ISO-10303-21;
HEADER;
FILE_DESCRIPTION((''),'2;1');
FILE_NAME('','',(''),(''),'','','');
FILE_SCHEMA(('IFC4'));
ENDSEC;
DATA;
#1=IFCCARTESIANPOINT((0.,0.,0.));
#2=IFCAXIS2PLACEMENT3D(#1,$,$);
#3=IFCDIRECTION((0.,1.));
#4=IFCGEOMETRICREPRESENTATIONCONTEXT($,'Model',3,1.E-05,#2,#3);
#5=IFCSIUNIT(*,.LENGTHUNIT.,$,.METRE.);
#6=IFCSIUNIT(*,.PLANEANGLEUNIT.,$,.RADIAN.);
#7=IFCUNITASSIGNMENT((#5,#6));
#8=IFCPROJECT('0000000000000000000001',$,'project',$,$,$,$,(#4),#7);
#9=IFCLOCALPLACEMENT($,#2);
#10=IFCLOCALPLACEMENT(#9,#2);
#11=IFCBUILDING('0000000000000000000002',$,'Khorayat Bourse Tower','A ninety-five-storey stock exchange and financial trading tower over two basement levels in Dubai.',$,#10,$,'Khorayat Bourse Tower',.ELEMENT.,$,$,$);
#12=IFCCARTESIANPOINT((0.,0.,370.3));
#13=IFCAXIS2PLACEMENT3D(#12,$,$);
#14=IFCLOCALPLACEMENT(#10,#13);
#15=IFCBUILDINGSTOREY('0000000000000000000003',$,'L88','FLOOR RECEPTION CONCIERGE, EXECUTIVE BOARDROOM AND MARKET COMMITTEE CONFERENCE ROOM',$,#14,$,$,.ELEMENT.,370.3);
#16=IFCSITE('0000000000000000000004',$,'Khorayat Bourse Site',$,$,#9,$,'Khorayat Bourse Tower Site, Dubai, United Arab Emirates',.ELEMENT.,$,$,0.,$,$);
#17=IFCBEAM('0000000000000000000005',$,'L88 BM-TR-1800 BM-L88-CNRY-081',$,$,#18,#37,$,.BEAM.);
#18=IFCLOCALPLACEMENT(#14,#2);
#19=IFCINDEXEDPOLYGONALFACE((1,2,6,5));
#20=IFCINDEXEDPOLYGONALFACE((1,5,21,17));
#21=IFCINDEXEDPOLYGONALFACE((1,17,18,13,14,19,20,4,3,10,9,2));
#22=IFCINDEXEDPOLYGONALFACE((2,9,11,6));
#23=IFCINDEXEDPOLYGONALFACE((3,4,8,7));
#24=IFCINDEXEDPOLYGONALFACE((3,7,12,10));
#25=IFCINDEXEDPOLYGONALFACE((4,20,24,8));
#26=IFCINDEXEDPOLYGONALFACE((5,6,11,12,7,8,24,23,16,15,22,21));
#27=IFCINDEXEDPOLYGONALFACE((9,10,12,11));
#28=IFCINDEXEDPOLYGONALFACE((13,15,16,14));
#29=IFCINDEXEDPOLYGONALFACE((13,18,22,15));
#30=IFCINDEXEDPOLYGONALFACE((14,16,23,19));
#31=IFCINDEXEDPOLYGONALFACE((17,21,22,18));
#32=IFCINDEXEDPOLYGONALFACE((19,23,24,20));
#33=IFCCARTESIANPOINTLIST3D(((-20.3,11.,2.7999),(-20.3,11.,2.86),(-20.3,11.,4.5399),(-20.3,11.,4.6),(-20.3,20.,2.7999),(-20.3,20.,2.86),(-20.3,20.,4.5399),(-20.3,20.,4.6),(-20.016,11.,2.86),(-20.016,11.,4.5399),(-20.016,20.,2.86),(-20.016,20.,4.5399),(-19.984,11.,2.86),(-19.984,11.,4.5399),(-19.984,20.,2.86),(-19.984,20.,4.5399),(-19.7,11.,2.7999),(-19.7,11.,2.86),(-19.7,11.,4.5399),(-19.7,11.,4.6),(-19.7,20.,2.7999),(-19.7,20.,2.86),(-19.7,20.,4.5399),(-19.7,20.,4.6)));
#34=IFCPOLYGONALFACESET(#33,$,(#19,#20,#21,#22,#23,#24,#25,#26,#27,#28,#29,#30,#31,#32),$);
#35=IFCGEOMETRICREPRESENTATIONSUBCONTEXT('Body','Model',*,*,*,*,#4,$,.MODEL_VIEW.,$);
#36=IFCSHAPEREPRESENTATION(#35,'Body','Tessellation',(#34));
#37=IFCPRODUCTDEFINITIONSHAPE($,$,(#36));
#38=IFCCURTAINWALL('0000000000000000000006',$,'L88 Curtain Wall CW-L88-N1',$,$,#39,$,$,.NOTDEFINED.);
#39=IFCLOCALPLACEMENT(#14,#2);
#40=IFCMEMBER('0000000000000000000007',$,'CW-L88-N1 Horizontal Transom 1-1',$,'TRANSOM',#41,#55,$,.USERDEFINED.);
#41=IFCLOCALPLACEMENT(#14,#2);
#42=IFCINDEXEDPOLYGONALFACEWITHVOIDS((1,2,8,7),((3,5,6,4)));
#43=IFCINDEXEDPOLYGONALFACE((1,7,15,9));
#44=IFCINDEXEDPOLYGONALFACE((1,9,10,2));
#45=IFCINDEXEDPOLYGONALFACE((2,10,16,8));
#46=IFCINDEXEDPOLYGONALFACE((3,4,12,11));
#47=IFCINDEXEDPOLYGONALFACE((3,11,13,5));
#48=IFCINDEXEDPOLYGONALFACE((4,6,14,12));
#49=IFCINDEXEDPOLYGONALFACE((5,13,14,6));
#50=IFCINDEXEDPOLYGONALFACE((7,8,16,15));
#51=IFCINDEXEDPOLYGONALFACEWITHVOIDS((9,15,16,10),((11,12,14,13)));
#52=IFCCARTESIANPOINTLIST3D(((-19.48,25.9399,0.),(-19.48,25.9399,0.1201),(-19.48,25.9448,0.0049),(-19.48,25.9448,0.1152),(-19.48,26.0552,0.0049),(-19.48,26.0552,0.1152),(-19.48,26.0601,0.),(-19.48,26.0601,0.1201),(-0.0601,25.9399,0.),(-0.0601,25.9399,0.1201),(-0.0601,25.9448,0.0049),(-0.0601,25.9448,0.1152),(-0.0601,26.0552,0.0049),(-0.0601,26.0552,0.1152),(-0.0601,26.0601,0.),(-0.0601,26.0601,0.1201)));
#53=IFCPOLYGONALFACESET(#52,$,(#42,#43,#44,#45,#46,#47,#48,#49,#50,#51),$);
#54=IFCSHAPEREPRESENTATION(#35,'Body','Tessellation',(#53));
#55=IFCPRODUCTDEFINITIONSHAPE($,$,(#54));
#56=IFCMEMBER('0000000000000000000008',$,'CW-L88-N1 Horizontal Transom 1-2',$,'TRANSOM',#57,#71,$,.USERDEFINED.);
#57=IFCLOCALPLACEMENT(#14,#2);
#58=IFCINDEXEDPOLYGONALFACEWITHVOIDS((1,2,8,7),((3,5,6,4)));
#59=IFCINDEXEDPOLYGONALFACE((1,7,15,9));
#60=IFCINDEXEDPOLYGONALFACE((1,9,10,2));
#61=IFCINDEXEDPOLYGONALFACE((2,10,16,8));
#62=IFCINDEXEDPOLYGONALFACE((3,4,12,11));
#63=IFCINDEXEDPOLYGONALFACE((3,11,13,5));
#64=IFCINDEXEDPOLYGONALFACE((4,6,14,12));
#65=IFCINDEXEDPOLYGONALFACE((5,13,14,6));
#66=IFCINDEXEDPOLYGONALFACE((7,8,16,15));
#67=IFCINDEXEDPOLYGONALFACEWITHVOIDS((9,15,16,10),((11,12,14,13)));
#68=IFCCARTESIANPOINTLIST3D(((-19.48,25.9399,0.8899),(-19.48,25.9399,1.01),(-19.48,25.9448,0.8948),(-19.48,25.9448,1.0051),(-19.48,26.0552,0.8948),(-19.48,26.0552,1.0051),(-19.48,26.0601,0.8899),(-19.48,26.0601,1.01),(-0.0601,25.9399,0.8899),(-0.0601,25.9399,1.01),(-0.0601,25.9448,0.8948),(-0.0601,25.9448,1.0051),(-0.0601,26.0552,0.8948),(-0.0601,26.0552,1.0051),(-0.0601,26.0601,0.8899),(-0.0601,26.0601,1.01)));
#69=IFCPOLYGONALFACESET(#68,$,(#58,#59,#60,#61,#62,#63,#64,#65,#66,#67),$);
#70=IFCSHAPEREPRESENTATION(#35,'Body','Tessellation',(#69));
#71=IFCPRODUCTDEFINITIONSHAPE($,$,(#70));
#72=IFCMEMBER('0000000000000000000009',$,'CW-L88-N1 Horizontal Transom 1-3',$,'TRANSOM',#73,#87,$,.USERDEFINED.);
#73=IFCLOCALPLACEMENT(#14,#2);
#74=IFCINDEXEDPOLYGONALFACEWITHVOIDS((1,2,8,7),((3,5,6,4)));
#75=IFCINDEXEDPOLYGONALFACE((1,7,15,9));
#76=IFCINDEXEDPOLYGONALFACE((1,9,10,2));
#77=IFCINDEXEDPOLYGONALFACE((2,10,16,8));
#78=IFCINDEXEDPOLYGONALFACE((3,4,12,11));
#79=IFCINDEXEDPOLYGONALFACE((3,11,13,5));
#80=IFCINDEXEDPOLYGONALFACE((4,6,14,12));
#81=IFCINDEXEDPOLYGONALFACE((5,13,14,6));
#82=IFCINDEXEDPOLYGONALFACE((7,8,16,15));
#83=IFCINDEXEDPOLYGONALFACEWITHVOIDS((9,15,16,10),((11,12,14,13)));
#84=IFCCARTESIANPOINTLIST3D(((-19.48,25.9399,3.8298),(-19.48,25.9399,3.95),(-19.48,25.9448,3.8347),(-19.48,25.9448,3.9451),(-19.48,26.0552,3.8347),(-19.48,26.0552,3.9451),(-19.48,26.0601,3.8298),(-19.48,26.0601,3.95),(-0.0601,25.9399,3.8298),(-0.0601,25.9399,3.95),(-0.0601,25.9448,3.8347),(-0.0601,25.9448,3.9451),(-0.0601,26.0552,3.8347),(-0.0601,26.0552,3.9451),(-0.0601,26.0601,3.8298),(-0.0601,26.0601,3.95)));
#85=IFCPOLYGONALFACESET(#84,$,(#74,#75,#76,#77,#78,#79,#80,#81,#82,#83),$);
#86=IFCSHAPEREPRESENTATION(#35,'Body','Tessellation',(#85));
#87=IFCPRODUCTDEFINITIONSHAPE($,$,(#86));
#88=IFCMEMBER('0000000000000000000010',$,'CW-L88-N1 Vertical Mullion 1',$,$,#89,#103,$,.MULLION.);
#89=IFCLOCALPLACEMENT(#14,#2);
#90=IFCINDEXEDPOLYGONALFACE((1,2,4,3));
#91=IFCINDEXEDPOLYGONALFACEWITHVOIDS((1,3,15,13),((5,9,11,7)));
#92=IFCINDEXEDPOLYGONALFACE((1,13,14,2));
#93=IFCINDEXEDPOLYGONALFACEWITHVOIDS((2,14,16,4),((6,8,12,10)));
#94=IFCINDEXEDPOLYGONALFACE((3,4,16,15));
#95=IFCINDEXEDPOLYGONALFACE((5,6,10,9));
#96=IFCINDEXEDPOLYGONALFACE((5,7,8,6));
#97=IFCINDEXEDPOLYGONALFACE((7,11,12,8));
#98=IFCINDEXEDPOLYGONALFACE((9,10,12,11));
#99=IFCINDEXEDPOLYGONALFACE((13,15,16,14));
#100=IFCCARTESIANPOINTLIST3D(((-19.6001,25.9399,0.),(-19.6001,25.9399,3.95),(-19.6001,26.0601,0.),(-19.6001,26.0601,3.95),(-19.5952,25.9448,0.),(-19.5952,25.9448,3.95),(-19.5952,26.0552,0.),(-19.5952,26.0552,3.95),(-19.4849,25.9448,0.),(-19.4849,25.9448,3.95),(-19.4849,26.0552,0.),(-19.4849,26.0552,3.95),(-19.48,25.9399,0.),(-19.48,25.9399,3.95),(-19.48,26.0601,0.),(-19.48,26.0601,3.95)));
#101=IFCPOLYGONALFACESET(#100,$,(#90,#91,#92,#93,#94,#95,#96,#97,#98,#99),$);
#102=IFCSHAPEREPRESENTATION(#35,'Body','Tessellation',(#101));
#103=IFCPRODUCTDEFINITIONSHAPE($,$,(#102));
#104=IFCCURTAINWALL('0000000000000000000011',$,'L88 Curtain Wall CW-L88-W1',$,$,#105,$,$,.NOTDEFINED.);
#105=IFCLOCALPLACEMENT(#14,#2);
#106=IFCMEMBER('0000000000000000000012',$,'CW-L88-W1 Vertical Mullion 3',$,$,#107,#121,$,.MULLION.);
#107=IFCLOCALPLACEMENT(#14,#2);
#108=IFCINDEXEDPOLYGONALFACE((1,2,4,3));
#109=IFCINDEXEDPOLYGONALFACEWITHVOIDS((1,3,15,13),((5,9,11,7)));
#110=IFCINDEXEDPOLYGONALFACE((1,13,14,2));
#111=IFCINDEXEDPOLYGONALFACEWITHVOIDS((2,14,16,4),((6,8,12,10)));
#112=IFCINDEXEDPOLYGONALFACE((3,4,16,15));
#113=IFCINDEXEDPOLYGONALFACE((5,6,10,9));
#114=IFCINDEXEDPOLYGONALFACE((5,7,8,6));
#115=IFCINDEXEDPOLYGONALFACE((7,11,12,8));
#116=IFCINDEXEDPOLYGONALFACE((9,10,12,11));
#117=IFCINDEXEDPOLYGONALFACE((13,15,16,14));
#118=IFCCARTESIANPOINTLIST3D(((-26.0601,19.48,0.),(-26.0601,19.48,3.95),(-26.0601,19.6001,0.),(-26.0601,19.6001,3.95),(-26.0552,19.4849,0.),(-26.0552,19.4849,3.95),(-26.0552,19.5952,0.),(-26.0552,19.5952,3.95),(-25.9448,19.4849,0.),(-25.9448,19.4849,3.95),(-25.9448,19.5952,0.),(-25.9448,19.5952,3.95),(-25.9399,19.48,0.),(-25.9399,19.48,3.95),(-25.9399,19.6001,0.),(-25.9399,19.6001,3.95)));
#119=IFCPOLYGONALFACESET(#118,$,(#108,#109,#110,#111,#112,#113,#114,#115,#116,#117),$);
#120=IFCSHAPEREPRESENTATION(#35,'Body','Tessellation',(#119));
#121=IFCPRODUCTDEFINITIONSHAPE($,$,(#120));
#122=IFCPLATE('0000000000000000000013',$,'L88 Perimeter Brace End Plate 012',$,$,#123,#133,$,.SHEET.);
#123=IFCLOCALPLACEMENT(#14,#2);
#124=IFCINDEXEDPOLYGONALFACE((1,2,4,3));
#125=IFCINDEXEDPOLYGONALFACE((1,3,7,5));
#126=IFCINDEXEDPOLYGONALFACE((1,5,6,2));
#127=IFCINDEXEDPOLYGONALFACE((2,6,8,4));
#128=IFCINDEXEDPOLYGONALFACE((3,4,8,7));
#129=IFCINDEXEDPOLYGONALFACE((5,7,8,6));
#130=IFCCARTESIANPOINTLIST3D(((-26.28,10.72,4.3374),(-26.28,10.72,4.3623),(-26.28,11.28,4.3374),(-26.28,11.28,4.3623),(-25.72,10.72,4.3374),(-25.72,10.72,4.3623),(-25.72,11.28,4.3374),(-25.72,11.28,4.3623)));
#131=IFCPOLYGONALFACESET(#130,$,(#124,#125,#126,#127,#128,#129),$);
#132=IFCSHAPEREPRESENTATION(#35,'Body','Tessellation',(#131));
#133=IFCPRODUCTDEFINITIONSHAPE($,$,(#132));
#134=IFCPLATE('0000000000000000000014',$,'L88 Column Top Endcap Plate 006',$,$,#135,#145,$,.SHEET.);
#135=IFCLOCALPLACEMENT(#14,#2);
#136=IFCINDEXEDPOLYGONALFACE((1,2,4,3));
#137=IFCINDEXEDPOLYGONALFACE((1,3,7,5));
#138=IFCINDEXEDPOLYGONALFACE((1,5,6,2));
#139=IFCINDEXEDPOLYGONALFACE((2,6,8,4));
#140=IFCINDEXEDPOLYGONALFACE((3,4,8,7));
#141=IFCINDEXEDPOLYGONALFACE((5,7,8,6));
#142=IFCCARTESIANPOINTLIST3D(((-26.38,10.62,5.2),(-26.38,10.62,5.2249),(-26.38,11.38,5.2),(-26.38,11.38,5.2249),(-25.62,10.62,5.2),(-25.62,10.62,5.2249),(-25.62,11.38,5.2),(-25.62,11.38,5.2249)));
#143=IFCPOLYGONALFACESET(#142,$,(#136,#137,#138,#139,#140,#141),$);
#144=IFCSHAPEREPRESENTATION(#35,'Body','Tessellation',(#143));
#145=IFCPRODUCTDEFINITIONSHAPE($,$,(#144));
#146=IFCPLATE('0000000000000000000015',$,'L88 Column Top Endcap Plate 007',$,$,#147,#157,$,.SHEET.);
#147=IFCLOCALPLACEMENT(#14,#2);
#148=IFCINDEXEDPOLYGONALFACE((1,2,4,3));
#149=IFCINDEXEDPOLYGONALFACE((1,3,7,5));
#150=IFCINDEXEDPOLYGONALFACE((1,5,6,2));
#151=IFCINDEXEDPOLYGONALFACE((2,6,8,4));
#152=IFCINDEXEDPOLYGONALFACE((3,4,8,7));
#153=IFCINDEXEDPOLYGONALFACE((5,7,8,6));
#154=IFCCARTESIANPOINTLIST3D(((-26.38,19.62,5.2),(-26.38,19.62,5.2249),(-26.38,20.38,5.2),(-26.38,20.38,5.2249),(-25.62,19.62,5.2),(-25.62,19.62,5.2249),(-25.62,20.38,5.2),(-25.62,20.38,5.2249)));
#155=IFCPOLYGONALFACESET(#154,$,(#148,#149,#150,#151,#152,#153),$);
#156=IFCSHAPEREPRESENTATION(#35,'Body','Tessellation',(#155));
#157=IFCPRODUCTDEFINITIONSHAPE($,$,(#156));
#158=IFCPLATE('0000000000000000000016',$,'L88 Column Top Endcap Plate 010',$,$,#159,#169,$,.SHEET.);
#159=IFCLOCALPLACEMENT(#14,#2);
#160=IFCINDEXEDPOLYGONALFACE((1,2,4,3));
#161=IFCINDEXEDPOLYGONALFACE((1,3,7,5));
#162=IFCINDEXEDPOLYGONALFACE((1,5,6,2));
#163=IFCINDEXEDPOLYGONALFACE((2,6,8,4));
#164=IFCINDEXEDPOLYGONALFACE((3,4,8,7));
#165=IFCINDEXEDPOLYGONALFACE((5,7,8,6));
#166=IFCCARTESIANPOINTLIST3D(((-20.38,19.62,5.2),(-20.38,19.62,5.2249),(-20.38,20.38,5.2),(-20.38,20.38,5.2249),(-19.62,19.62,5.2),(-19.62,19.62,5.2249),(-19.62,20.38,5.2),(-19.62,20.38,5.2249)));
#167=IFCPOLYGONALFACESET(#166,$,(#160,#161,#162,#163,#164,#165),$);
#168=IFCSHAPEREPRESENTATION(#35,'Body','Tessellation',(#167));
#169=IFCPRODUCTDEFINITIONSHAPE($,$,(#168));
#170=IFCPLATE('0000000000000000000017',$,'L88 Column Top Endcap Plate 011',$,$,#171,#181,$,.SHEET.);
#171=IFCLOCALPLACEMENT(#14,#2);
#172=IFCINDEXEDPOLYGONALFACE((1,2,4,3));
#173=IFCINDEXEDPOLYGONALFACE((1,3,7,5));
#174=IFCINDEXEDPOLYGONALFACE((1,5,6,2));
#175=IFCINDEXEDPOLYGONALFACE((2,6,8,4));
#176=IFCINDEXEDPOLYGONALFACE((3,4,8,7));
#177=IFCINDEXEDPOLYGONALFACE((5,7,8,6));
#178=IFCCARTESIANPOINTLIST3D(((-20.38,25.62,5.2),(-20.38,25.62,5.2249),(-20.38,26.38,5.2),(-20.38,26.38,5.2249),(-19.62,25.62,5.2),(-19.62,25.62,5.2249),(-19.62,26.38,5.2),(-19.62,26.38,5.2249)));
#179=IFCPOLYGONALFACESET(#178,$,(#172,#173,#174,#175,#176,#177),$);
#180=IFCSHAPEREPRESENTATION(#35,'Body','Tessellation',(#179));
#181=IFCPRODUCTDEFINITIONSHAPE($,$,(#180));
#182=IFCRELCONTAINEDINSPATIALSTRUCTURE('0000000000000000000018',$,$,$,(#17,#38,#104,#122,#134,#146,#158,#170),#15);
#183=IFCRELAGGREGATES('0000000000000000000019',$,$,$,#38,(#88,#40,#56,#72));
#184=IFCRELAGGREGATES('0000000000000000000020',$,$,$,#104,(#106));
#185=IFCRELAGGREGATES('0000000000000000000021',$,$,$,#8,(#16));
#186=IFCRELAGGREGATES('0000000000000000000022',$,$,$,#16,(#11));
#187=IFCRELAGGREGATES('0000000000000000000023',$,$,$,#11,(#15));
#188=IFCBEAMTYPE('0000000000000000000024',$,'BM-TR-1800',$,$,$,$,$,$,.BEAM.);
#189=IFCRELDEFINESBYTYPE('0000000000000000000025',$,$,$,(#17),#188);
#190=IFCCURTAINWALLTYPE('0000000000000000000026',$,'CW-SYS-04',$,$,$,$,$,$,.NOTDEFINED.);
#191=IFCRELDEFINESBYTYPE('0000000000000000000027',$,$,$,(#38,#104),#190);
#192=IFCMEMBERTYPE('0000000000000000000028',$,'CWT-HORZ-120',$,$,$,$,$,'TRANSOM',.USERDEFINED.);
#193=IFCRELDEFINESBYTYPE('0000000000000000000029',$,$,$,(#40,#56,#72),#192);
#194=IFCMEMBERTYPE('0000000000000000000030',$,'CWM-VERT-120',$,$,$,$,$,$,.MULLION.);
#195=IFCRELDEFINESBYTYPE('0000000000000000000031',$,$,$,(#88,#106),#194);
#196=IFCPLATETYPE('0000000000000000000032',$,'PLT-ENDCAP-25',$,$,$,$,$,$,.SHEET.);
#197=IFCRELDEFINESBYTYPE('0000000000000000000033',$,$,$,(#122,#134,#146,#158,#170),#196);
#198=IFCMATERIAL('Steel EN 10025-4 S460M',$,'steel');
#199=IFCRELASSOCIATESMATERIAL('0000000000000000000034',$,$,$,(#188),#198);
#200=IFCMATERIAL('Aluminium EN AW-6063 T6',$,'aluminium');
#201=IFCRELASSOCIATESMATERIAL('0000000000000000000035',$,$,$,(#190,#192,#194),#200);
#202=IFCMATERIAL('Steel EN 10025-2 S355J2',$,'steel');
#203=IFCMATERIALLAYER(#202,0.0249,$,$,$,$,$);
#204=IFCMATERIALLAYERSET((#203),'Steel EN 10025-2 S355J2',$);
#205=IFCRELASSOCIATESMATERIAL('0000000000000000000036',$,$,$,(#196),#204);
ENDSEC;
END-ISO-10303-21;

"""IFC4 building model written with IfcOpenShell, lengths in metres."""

from ifc_helpers import new_model, si_unit, direction, frame, origin, origin_2d, place, context, subcontext, project, spatial, rectangle, hollow_rectangle, i_section, extrude, source, transform, mapped, material, layer, layer_set, material_profile, profile_set, type_object, element, aggregate, save


model = new_model("IFC4")

# Units and contexts
model_context = context("Model", 3, precision=1e-05, world=origin(), true_north=direction((0.0, 1.0)))
body_context = subcontext(model_context, "Body", "Model", "MODEL_VIEW")
ifc_project = project(units=[si_unit("LENGTHUNIT", "METRE"), si_unit("PLANEANGLEUNIT", "RADIAN")], contexts=[model_context])

# Site, building, storey
site_placement = place(None, origin())
site = spatial("IfcSite", under=ifc_project, at=site_placement, Name="Khorayat Bourse Site", LongName="Khorayat Bourse Tower Site, Dubai, United Arab Emirates", CompositionType="ELEMENT", RefElevation=0.0)
building_placement = place(site_placement, origin())
building = spatial("IfcBuilding", under=site, at=building_placement, Name="Khorayat Bourse Tower", Description="A ninety-five-storey stock exchange and financial trading tower over two basement levels in Dubai.", LongName="Khorayat Bourse Tower", CompositionType="ELEMENT")
storey_placement = place(building_placement, frame((0.0, 0.0, 370.3)))
storey = spatial("IfcBuildingStorey", under=building, at=storey_placement, Name="L88", Description="FLOOR RECEPTION CONCIERGE, EXECUTIVE BOARDROOM AND MARKET COMMITTEE CONFERENCE ROOM", CompositionType="ELEMENT", Elevation=370.3)

# Shared definitions
ifc_material_1 = material(Name="Steel EN 10025-2 S355J2", Category="steel")

# Beam
ifc_material_2 = material(Name="Steel EN 10025-4 S460M", Category="steel")
ifc_material_profile_1 = material_profile(ifc_material_2, i_section(OverallWidth=0.6001, OverallDepth=1.8, WebThickness=0.032, FlangeThickness=0.0601, at=origin_2d()), Name="PG 1800x600x32x60")
ifc_profile_set_1 = profile_set([ifc_material_profile_1], Name="Steel EN 10025-4 S460M")
beam_type_1 = type_object("IfcBeamType", Name="BM-TR-1800", PredefinedType="BEAM", material=ifc_profile_set_1)
shared_shape_1 = source(origin(), body_context, "Body", "SweptSolid", [
    extrude(i_section(OverallWidth=0.6001, OverallDepth=1.8, WebThickness=0.032, FlangeThickness=0.0601, at=origin_2d()), origin(), (0.0, 0.0, 1.0), 9.0),
])
beam_1_placement = place(storey_placement, frame((-20.0, 11.0, 3.7), z_axis=(0.0, 1.0, 0.0), x_axis=(-1.0, 0.0, 0.0)))
element("IfcBeam", 1, at=beam_1_placement, inside=storey, type_object=beam_type_1, Name="L88 BM-TR-1800 BM-L88-CNRY-081", PredefinedType="BEAM", context=body_context, shape_type="MappedRepresentation", body=[
    mapped(shared_shape_1, transform((0.0, 0.0, 0.0), scale=1.0)),
])

# Curtain wall, members
ifc_material_3 = material(Name="Aluminium EN AW-6063 T6", Category="aluminium")
curtain_wall_type = type_object("IfcCurtainWallType", Name="CW-SYS-04", PredefinedType="NOTDEFINED", material=ifc_material_3)
curtain_wall_1_placement = place(storey_placement, origin())
curtain_wall_1 = element("IfcCurtainWall", 2, at=curtain_wall_1_placement, inside=storey, type_object=curtain_wall_type, Name="L88 Curtain Wall CW-L88-N1", PredefinedType="NOTDEFINED")
ifc_material_profile_2 = material_profile(ifc_material_3, hollow_rectangle(XDim=0.1201, YDim=0.1201, WallThickness=0.0049, at=origin_2d()), Name="ALU 120x120x5")
ifc_profile_set_2 = profile_set([ifc_material_profile_2], Name="Aluminium EN AW-6063 T6")
member_type_1 = type_object("IfcMemberType", Name="CWT-HORZ-120", ElementType="TRANSOM", PredefinedType="USERDEFINED", material=ifc_profile_set_2)
shared_shape_2 = source(origin(), body_context, "Body", "SweptSolid", [
    extrude(hollow_rectangle(XDim=0.1201, YDim=0.1201, WallThickness=0.0049, at=origin_2d()), origin(), (0.0, 0.0, 1.0), 19.4199),
])
member_1_placement = place(storey_placement, frame((-19.48, 26.0, 0.0601), z_axis=(1.0, 0.0, 0.0), x_axis=(0.0, 1.0, 0.0)))
member_1 = element("IfcMember", 3, at=member_1_placement, type_object=member_type_1, Name="CW-L88-N1 Horizontal Transom 1-1", ObjectType="TRANSOM", PredefinedType="USERDEFINED", context=body_context, shape_type="MappedRepresentation", body=[
    mapped(shared_shape_2, transform((0.0, 0.0, 0.0), scale=1.0)),
])
member_2_placement = place(storey_placement, frame((-19.48, 26.0, 0.95), z_axis=(1.0, 0.0, 0.0), x_axis=(0.0, 1.0, 0.0)))
member_2 = element("IfcMember", 4, at=member_2_placement, type_object=member_type_1, Name="CW-L88-N1 Horizontal Transom 1-2", ObjectType="TRANSOM", PredefinedType="USERDEFINED", context=body_context, shape_type="MappedRepresentation", body=[
    mapped(shared_shape_2, transform((0.0, 0.0, 0.0), scale=1.0)),
])
member_3_placement = place(storey_placement, frame((-19.48, 26.0, 3.8899), z_axis=(1.0, 0.0, 0.0), x_axis=(0.0, 1.0, 0.0)))
member_3 = element("IfcMember", 5, at=member_3_placement, type_object=member_type_1, Name="CW-L88-N1 Horizontal Transom 1-3", ObjectType="TRANSOM", PredefinedType="USERDEFINED", context=body_context, shape_type="MappedRepresentation", body=[
    mapped(shared_shape_2, transform((0.0, 0.0, 0.0), scale=1.0)),
])
ifc_material_profile_3 = material_profile(ifc_material_3, hollow_rectangle(XDim=0.1201, YDim=0.1201, WallThickness=0.0049, at=origin_2d()), Name="ALU 120x120x5")
ifc_profile_set_3 = profile_set([ifc_material_profile_3], Name="Aluminium EN AW-6063 T6")
member_type_2 = type_object("IfcMemberType", Name="CWM-VERT-120", PredefinedType="MULLION", material=ifc_profile_set_3)
shared_shape_3 = source(origin(), body_context, "Body", "SweptSolid", [
    extrude(hollow_rectangle(XDim=0.1201, YDim=0.1201, WallThickness=0.0049, at=origin_2d()), origin(), (0.0, 0.0, 1.0), 3.95),
])
member_4_placement = place(storey_placement, frame((-19.54, 26.0, 0.0), z_axis=(0.0, 0.0, 1.0), x_axis=(0.0, 1.0, 0.0)))
member_4 = element("IfcMember", 6, at=member_4_placement, type_object=member_type_2, Name="CW-L88-N1 Vertical Mullion 1", PredefinedType="MULLION", context=body_context, shape_type="MappedRepresentation", body=[
    mapped(shared_shape_3, transform((0.0, 0.0, 0.0), scale=1.0)),
])
aggregate(curtain_wall_1, [member_4, member_1, member_2, member_3])

# Curtain wall, member
curtain_wall_2_placement = place(storey_placement, origin())
curtain_wall_2 = element("IfcCurtainWall", 7, at=curtain_wall_2_placement, inside=storey, type_object=curtain_wall_type, Name="L88 Curtain Wall CW-L88-W1", PredefinedType="NOTDEFINED")
member_5_placement = place(storey_placement, frame((-26.0, 19.54, 0.0), z_axis=(0.0, 0.0, 1.0), x_axis=(-1.0, 0.0, 0.0)))
member_5 = element("IfcMember", 8, at=member_5_placement, type_object=member_type_2, Name="CW-L88-W1 Vertical Mullion 3", PredefinedType="MULLION", context=body_context, shape_type="MappedRepresentation", body=[
    mapped(shared_shape_3, transform((0.0, 0.0, 0.0), scale=1.0)),
])
aggregate(curtain_wall_2, [member_5])

# Plates
ifc_layer_1 = layer(ifc_material_1, 0.0249)
ifc_layer_set_1 = layer_set([ifc_layer_1], Name="Steel EN 10025-2 S355J2")
plate_type = type_object("IfcPlateType", Name="PLT-ENDCAP-25", PredefinedType="SHEET", material=ifc_layer_set_1)
shared_shape_4 = source(origin(), body_context, "Body", "SweptSolid", [
    extrude(rectangle(XDim=0.5601, YDim=0.5601, at=origin_2d()), origin(), (0.0, 0.0, 1.0), 0.0249),
])
plate_placement = place(storey_placement, frame((-26.0, 11.0, 4.3374), z_axis=(0.0, 0.0, 1.0), x_axis=(1.0, 0.0, 0.0)))
element("IfcPlate", 9, at=plate_placement, inside=storey, type_object=plate_type, Name="L88 Perimeter Brace End Plate 012", PredefinedType="SHEET", context=body_context, shape_type="MappedRepresentation", body=[
    mapped(shared_shape_4, transform((0.0, 0.0, 0.0), scale=1.0)),
])
shared_shape_5 = source(origin(), body_context, "Body", "SweptSolid", [
    extrude(rectangle(XDim=0.76, YDim=0.76, at=origin_2d()), origin(), (0.0, 0.0, 1.0), 0.0249),
])
for number, where, z_axis, x_axis, name in (
    (10, (-26.0, 11.0, 5.2), (0.0, 0.0, 1.0), (1.0, 0.0, 0.0), "L88 Column Top Endcap Plate 006"),
    (11, (-26.0, 20.0, 5.2), (0.0, 0.0, 1.0), (1.0, 0.0, 0.0), "L88 Column Top Endcap Plate 007"),
    (12, (-20.0, 20.0, 5.2), (0.0, 0.0, 1.0), (1.0, 0.0, 0.0), "L88 Column Top Endcap Plate 010"),
    (13, (-20.0, 26.0, 5.2), (0.0, 0.0, 1.0), (1.0, 0.0, 0.0), "L88 Column Top Endcap Plate 011"),
):
    element("IfcPlate", number, at=place(storey_placement, frame(where, z_axis=z_axis, x_axis=x_axis)), inside=storey, type_object=plate_type, Name=name, PredefinedType="SHEET", context=body_context, shape_type="MappedRepresentation", body=[
        mapped(shared_shape_5, transform((0.0, 0.0, 0.0), scale=1.0)),
    ])

save(model, "model.ifc")
